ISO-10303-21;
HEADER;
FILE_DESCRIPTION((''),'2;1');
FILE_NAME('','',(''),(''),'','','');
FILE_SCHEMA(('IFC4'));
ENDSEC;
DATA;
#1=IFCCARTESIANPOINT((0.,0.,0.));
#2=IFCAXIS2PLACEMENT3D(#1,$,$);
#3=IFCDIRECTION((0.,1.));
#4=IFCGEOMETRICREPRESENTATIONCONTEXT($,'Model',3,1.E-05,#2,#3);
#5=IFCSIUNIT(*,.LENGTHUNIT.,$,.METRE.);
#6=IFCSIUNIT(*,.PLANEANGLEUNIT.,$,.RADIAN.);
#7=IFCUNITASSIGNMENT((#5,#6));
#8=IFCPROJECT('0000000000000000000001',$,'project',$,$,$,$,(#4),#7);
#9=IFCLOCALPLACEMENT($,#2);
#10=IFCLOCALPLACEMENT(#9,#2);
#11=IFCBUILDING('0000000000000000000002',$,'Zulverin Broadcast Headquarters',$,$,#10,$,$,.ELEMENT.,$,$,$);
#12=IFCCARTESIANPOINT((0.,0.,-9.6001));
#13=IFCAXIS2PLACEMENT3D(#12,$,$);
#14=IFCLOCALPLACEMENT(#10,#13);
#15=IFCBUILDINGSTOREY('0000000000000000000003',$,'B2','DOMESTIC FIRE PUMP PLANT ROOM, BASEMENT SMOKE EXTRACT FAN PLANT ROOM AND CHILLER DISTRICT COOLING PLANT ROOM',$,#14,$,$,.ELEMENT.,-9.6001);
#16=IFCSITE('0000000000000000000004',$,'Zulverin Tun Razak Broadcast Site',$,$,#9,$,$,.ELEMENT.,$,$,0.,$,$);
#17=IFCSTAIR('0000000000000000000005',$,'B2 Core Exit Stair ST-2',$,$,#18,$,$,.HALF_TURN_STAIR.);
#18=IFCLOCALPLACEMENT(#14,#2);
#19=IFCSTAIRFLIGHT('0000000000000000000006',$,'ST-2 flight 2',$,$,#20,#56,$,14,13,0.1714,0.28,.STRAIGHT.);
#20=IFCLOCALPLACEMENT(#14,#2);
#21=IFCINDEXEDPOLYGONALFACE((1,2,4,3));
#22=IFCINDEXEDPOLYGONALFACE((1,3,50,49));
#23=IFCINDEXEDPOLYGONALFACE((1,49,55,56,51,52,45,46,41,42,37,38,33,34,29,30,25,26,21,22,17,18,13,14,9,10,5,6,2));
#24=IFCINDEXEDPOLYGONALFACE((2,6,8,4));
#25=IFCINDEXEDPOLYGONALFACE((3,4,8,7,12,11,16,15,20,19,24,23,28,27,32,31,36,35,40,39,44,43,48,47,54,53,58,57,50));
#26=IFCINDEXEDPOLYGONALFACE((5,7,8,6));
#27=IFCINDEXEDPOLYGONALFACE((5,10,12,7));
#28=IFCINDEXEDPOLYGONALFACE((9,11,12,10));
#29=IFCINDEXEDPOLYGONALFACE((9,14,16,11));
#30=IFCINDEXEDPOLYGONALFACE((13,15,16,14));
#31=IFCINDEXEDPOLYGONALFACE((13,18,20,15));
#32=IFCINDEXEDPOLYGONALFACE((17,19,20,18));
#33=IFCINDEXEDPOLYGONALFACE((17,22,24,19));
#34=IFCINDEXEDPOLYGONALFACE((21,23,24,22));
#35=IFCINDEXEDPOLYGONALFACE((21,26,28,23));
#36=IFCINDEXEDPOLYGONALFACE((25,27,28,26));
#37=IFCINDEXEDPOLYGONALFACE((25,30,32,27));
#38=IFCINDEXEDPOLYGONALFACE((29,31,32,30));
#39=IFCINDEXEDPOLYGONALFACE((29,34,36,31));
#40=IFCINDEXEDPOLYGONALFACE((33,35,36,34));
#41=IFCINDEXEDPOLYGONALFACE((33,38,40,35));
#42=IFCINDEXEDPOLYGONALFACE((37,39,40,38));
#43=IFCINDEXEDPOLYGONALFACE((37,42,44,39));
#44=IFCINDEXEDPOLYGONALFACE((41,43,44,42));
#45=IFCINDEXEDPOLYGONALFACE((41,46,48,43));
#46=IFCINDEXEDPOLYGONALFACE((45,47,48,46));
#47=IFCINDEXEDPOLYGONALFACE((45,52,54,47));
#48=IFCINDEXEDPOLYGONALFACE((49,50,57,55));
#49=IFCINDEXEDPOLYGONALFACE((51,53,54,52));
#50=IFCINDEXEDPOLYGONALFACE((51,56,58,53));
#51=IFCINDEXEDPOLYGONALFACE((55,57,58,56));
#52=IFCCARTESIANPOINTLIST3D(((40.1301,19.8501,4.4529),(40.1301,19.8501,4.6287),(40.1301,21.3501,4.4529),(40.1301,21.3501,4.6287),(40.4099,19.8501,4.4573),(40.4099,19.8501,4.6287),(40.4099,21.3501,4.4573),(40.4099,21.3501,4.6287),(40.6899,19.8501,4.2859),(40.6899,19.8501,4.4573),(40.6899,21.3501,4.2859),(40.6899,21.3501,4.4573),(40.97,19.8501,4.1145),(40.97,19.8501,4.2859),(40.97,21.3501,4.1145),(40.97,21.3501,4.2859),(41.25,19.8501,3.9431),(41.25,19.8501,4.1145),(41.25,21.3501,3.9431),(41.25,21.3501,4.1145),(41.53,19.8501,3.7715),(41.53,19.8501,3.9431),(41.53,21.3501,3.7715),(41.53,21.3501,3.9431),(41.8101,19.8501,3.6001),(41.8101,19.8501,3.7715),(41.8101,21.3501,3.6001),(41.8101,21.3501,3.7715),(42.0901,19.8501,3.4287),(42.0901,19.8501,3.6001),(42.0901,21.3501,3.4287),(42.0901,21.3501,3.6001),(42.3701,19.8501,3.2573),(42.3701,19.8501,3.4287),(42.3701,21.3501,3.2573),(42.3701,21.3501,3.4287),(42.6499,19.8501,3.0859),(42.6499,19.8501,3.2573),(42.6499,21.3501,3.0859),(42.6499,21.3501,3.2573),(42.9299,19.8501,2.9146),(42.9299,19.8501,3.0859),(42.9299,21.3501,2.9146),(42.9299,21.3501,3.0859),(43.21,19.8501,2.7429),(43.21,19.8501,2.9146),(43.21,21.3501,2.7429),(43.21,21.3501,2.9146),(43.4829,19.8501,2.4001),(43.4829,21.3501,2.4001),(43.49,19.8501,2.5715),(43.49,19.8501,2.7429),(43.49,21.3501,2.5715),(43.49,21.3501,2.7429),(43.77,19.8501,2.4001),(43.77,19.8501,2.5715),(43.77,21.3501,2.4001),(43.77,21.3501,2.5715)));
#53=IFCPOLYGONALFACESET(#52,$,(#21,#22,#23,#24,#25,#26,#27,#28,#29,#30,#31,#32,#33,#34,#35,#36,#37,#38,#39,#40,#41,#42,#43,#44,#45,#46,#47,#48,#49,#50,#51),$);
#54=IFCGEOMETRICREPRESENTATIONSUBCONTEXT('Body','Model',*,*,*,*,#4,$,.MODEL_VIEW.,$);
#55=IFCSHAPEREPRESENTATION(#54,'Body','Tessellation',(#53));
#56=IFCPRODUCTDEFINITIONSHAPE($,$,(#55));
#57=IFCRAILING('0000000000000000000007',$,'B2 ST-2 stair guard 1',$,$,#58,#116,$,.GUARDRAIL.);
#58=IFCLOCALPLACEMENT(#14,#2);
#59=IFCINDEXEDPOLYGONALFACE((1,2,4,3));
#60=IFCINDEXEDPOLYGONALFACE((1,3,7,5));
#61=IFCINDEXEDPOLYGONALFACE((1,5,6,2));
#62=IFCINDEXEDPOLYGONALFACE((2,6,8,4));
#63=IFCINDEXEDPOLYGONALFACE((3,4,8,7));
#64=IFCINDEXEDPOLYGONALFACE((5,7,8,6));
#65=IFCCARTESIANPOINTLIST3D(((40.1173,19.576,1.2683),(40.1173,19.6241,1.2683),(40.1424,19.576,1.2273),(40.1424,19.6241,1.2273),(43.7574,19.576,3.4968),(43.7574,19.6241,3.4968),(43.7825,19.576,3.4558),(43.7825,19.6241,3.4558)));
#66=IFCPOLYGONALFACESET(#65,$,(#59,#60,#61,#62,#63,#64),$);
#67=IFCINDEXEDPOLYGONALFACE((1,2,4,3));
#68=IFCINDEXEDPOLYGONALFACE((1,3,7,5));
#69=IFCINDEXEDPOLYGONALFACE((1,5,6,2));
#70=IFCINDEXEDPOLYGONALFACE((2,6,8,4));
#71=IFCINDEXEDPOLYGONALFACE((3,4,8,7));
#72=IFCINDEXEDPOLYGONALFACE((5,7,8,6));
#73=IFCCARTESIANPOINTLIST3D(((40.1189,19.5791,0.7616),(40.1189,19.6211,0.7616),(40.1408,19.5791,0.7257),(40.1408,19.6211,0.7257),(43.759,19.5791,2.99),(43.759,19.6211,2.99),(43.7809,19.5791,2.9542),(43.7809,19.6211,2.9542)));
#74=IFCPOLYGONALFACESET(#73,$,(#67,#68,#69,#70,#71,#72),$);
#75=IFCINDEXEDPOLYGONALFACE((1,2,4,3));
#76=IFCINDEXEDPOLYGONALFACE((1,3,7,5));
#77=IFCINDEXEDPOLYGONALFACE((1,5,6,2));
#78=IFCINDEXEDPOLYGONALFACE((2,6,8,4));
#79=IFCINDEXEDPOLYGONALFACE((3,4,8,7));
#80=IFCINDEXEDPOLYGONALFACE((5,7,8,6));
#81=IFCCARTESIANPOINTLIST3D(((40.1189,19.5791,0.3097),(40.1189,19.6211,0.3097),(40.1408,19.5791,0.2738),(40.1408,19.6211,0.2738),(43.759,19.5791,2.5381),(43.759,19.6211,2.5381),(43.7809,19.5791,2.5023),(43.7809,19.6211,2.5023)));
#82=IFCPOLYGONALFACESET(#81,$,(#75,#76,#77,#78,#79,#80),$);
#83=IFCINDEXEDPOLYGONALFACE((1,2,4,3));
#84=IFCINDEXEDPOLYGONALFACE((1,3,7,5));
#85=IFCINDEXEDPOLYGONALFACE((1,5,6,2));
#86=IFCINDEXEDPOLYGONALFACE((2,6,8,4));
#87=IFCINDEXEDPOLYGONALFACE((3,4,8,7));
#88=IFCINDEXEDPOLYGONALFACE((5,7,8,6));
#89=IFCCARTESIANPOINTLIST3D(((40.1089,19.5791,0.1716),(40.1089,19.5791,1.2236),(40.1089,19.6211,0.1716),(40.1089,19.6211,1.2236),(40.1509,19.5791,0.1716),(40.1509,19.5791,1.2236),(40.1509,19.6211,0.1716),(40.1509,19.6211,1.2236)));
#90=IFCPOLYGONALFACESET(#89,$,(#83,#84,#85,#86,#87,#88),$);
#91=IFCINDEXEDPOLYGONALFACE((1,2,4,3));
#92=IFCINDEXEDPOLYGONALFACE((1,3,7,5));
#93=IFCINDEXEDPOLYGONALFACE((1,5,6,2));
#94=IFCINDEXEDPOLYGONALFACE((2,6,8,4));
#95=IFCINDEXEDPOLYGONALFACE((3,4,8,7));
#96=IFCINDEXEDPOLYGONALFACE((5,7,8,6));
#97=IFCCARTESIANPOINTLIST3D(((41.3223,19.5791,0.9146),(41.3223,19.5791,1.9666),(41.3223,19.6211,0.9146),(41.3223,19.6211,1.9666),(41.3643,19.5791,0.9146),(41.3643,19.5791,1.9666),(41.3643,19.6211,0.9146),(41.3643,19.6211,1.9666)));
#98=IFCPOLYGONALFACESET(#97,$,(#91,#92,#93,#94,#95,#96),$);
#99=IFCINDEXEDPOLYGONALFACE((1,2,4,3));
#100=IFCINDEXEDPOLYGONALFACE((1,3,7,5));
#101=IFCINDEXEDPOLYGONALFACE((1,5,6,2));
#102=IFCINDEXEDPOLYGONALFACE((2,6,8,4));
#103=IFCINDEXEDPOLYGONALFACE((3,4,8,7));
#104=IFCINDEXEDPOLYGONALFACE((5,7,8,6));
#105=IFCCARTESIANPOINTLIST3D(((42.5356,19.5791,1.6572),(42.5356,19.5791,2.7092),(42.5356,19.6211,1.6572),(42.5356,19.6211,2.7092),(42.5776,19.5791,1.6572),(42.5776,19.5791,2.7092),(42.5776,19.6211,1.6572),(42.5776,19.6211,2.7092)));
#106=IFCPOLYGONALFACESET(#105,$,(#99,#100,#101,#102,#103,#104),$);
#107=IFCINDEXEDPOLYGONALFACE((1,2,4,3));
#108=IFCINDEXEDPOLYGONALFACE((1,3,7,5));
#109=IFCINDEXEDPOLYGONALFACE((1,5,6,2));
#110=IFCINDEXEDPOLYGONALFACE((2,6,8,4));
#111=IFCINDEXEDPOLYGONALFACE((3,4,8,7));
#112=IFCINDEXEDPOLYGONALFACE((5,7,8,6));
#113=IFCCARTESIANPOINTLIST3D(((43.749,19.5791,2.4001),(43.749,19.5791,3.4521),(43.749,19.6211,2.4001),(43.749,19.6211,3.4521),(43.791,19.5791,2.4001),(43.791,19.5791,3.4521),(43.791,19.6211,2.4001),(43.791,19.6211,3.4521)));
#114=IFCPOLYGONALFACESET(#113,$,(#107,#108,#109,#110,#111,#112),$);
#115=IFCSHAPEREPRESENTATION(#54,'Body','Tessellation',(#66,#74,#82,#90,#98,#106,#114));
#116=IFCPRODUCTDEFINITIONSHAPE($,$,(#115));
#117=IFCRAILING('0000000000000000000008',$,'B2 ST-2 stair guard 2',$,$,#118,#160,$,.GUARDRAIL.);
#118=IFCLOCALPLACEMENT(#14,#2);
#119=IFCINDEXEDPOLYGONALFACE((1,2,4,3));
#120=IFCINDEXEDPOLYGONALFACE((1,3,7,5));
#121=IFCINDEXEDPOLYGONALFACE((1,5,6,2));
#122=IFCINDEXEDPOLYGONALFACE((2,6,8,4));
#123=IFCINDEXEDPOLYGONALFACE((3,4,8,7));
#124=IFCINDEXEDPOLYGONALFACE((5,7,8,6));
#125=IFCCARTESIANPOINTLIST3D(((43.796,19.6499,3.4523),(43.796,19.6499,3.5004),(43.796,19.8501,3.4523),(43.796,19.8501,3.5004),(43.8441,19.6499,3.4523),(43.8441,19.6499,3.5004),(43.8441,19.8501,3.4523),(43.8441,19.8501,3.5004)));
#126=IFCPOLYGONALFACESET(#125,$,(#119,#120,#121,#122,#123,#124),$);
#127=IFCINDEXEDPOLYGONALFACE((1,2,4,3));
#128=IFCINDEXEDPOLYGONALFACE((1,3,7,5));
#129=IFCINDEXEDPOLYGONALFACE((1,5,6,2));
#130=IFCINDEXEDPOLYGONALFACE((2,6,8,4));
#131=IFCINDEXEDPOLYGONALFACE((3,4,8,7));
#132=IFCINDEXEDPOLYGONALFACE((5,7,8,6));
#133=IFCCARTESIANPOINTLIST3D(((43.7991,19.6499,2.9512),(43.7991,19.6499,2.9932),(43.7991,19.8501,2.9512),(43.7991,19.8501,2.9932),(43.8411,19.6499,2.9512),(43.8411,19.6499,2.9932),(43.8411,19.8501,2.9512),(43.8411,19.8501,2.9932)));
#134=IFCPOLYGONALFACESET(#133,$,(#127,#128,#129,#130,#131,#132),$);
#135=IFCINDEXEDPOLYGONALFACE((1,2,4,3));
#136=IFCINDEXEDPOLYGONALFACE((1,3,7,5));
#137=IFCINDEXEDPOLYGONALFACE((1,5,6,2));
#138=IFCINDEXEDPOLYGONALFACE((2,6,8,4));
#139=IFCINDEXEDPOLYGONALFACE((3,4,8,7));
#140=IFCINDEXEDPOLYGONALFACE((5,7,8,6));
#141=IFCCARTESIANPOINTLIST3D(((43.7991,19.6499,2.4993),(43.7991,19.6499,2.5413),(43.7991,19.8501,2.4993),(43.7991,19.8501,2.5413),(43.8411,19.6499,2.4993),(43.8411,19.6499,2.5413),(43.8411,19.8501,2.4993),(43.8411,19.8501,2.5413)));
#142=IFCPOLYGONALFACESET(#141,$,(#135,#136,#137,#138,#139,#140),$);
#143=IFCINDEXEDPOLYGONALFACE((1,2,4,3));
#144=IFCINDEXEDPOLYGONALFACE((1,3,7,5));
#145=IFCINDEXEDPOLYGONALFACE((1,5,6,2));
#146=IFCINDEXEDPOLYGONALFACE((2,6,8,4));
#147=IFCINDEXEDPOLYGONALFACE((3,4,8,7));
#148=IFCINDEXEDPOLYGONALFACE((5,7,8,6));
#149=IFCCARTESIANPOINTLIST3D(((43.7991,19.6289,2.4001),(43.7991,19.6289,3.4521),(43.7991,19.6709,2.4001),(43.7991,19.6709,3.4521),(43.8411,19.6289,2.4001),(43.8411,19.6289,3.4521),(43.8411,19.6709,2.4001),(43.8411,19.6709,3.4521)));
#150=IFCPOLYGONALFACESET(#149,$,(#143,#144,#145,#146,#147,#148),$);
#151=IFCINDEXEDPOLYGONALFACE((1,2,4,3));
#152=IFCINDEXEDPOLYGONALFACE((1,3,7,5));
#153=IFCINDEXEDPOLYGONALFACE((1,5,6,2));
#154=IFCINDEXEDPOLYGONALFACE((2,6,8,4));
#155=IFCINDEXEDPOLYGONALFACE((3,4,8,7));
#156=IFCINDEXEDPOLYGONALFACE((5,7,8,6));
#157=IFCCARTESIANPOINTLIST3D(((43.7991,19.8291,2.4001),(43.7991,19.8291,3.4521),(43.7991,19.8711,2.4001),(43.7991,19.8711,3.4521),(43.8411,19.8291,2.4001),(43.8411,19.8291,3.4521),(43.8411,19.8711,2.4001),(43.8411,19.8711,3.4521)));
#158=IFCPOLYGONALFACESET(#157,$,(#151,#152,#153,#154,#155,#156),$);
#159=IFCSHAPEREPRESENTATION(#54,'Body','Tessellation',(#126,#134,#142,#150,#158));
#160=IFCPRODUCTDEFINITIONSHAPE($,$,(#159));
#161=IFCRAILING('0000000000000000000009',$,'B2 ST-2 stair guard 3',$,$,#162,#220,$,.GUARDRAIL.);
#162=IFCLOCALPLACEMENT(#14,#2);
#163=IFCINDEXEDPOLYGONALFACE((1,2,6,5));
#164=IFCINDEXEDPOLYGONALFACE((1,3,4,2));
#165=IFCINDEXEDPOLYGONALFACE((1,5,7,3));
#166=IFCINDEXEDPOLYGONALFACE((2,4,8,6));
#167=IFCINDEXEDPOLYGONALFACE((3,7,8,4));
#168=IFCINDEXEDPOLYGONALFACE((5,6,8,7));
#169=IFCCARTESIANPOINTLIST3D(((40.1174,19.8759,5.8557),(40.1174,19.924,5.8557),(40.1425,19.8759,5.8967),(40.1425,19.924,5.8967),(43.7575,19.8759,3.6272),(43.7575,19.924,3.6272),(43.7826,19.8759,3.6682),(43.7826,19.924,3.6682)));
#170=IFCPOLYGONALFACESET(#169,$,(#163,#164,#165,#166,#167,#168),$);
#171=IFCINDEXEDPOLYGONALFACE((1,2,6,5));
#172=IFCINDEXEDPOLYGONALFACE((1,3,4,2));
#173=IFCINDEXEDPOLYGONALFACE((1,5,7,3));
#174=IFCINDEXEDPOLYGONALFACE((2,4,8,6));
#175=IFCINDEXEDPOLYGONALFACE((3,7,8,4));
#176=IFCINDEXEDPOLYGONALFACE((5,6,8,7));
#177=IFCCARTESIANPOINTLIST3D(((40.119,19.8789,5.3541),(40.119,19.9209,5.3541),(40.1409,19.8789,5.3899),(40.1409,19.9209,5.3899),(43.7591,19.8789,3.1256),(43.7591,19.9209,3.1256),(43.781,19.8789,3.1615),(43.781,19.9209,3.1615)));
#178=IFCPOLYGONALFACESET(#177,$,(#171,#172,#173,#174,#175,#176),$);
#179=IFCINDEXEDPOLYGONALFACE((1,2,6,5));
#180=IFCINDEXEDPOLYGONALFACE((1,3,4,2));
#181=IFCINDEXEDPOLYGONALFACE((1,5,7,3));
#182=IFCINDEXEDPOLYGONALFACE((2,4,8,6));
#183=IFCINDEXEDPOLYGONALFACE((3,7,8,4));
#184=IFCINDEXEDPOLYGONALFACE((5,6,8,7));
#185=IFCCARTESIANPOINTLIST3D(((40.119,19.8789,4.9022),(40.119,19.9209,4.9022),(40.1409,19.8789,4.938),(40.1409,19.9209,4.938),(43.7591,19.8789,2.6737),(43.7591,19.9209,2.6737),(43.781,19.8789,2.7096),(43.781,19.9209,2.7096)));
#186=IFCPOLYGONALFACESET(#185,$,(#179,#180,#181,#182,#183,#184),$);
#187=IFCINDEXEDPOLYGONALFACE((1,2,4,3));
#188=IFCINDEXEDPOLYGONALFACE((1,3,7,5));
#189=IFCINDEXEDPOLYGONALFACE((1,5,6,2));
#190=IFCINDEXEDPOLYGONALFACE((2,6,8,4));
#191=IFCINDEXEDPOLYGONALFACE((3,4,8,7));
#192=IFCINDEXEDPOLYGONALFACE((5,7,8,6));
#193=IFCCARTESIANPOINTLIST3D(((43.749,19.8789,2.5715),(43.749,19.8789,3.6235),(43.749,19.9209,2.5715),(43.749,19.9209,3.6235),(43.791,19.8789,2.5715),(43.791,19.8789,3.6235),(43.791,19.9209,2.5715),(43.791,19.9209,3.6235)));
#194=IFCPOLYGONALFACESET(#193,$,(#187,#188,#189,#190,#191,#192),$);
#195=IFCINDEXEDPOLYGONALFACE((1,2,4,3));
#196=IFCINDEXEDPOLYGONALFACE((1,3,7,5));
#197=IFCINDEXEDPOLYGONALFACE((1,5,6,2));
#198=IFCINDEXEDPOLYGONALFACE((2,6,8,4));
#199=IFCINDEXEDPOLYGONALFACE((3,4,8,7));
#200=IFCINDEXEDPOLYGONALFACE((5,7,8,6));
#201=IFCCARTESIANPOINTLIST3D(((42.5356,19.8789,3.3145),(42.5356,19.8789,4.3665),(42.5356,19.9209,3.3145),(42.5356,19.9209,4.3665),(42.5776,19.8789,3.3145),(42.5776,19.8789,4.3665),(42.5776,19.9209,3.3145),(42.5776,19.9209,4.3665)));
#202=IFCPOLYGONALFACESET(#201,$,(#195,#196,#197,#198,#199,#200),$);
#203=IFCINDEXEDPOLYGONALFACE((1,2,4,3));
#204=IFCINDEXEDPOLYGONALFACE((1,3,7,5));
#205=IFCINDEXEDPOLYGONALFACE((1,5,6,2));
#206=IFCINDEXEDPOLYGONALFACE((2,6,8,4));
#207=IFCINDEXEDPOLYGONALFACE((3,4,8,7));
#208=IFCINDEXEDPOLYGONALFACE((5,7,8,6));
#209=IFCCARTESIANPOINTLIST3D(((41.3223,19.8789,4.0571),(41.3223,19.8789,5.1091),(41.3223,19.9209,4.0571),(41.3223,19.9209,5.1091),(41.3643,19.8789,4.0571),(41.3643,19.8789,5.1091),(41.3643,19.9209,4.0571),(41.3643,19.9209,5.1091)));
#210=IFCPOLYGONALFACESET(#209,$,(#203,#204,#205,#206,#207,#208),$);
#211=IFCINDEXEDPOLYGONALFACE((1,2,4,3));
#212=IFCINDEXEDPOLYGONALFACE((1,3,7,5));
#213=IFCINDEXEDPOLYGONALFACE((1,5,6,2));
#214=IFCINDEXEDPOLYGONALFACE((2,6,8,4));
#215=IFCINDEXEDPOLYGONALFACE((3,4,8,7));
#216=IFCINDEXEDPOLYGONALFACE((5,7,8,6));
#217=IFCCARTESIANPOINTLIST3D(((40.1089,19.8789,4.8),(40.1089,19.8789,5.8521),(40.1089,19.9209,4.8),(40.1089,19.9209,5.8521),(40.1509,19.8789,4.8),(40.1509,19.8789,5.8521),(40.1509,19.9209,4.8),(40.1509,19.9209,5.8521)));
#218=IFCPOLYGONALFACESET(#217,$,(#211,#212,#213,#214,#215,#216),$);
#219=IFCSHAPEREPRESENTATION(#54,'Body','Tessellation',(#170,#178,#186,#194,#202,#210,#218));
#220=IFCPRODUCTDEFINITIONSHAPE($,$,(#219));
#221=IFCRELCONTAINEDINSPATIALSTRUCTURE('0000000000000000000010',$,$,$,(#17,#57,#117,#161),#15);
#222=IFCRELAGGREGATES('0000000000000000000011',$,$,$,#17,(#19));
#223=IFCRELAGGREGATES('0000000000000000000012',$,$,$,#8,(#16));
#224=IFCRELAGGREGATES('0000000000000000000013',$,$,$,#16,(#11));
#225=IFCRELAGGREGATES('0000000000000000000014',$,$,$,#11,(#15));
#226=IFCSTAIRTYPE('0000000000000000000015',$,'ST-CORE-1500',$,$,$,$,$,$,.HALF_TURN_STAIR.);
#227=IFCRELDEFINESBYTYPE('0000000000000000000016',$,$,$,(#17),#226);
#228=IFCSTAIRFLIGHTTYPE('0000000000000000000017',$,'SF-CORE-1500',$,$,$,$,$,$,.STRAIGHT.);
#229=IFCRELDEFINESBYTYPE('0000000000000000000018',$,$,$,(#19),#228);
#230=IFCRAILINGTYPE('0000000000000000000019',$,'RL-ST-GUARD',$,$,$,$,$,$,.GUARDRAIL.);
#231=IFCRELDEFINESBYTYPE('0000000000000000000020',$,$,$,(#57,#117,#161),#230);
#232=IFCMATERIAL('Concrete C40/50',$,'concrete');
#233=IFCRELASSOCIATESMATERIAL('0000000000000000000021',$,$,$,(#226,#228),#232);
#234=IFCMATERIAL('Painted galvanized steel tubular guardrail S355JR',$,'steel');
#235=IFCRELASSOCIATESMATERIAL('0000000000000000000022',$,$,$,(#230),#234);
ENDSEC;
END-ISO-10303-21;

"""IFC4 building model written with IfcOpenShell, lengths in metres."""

from ifc_helpers import new_model, si_unit, direction, frame, origin, origin_2d, place, context, subcontext, project, spatial, polyline, rectangle, outline, extrude, material, type_object, element, aggregate, save


model = new_model("IFC4")

# Units and contexts
model_context = context("Model", 3, precision=1e-05, world=origin(), true_north=direction((0.0, 1.0)))
body_context = subcontext(model_context, "Body", "Model", "MODEL_VIEW")
ifc_project = project(units=[si_unit("LENGTHUNIT", "METRE"), si_unit("PLANEANGLEUNIT", "RADIAN")], contexts=[model_context])

# Site, building, storey
site_placement = place(None, origin())
site = spatial("IfcSite", under=ifc_project, at=site_placement, Name="Zulverin Tun Razak Broadcast Site", CompositionType="ELEMENT", RefElevation=0.0)
building_placement = place(site_placement, origin())
building = spatial("IfcBuilding", under=site, at=building_placement, Name="Zulverin Broadcast Headquarters", CompositionType="ELEMENT")
storey_placement = place(building_placement, frame((0.0, 0.0, -9.6001)))
storey = spatial("IfcBuildingStorey", under=building, at=storey_placement, Name="B2", Description="DOMESTIC FIRE PUMP PLANT ROOM, BASEMENT SMOKE EXTRACT FAN PLANT ROOM AND CHILLER DISTRICT COOLING PLANT ROOM", CompositionType="ELEMENT", Elevation=-9.6001)

# Shared definitions
ifc_material_1 = material(Name="Concrete C40/50", Category="concrete")

# Stair, stair flight
stair_type = type_object("IfcStairType", Name="ST-CORE-1500", PredefinedType="HALF_TURN_STAIR", material=ifc_material_1)
stair_placement = place(storey_placement, origin())
stair = element("IfcStair", 1, at=stair_placement, inside=storey, type_object=stair_type, Name="B2 Core Exit Stair ST-2", PredefinedType="HALF_TURN_STAIR")
stair_flight_type = type_object("IfcStairFlightType", Name="SF-CORE-1500", PredefinedType="STRAIGHT", material=ifc_material_1)
stair_flight_placement = place(storey_placement, frame((43.77, 20.6001, 2.4001), z_axis=(0.0, 0.0, 1.0), x_axis=(-1.0, 0.0, 0.0)))
stair_flight = element("IfcStairFlight", 2, at=stair_flight_placement, type_object=stair_flight_type, Name="ST-2 flight 2", NumberOfRisers=14, NumberOfTreads=13, PredefinedType="STRAIGHT", RiserHeight=0.1714, TreadLength=0.28, context=body_context, shape_type="SweptSolid", body=[
    extrude(outline(polyline([(0.0, 0.0), (0.0, 0.1714), (0.28, 0.1714), (0.28, 0.3428), (0.5601, 0.3428), (0.5601, 0.5144), (0.8401, 0.5144), (0.8401, 0.6858), (1.1201, 0.6858), (1.1201, 0.8572), (1.3999, 0.8572), (1.3999, 1.0286), (1.6799, 1.0286), (1.6799, 1.2), (1.96, 1.2), (1.96, 1.3713), (2.24, 1.3713), (2.24, 1.543), (2.52, 1.543), (2.52, 1.7144), (2.8, 1.7144), (2.8, 1.8857), (3.0801, 1.8857), (3.0801, 2.0571), (3.3601, 2.0571), (3.3601, 2.2285), (3.6399, 2.2285), (3.6399, 2.3999), (3.6399, 2.0527), (0.2871, 0.0), (0.0, 0.0)])), frame((0.0, 0.75, 0.0), z_axis=(0.0, -1.0, 0.0), x_axis=(1.0, 0.0, 0.0)), (0.0, 0.0, 1.0), 1.5),
])
aggregate(stair, [stair_flight])

# Railings
ifc_material_2 = material(Name="Painted galvanized steel tubular guardrail S355JR", Category="steel")
railing_type_1 = type_object("IfcRailingType", Name="RL-ST-GUARD", PredefinedType="GUARDRAIL", material=ifc_material_2)
railing_1_placement = place(storey_placement, frame((40.1299, 19.6001, 0.1716)))
element("IfcRailing", 3, at=railing_1_placement, inside=storey, type_object=railing_type_1, Name="B2 ST-2 stair guard 1", PredefinedType="GUARDRAIL", context=body_context, shape_type="SweptSolid", body=[
    extrude(rectangle(XDim=0.0481, YDim=0.0481, at=origin_2d()), frame((0.0, 0.0, 1.0762), z_axis=(0.852866, 0.0, 0.52213), x_axis=(0.0, 1.0, 0.0)), (0.0, 0.0, 1.0), 4.2681),
    extrude(rectangle(XDim=0.042, YDim=0.042, at=origin_2d()), frame((0.0, 0.0, 0.572), z_axis=(0.852866, 0.0, 0.52213), x_axis=(0.0, 1.0, 0.0)), (0.0, 0.0, 1.0), 4.2681),
    extrude(rectangle(XDim=0.042, YDim=0.042, at=origin_2d()), frame((0.0, 0.0, 0.1201), z_axis=(0.852866, 0.0, 0.52213), x_axis=(0.0, 1.0, 0.0)), (0.0, 0.0, 1.0), 4.2681),
    extrude(rectangle(XDim=0.042, YDim=0.042, at=origin_2d()), origin(), (0.0, 0.0, 1.0), 1.052),
    extrude(rectangle(XDim=0.042, YDim=0.042, at=origin_2d()), frame((1.2134, 0.0, 0.7429)), (0.0, 0.0, 1.0), 1.052),
    extrude(rectangle(XDim=0.042, YDim=0.042, at=origin_2d()), frame((2.4268, 0.0, 1.4856)), (0.0, 0.0, 1.0), 1.052),
    extrude(rectangle(XDim=0.042, YDim=0.042, at=origin_2d()), frame((3.6401, 0.0, 2.2285)), (0.0, 0.0, 1.0), 1.052),
])
railing_2_placement = place(storey_placement, frame((43.8201, 19.6499, 2.4001)))
element("IfcRailing", 4, at=railing_2_placement, inside=storey, type_object=railing_type_1, Name="B2 ST-2 stair guard 2", PredefinedType="GUARDRAIL", context=body_context, shape_type="SweptSolid", body=[
    extrude(rectangle(XDim=0.0481, YDim=0.0481, at=origin_2d()), frame((0.0, 0.0, 1.0762), z_axis=(0.0, 1.0, 0.0), x_axis=(-1.0, 0.0, 0.0)), (0.0, 0.0, 1.0), 0.2002),
    extrude(rectangle(XDim=0.042, YDim=0.042, at=origin_2d()), frame((0.0, 0.0, 0.572), z_axis=(0.0, 1.0, 0.0), x_axis=(-1.0, 0.0, 0.0)), (0.0, 0.0, 1.0), 0.2002),
    extrude(rectangle(XDim=0.042, YDim=0.042, at=origin_2d()), frame((0.0, 0.0, 0.1201), z_axis=(0.0, 1.0, 0.0), x_axis=(-1.0, 0.0, 0.0)), (0.0, 0.0, 1.0), 0.2002),
    extrude(rectangle(XDim=0.042, YDim=0.042, at=origin_2d()), origin(), (0.0, 0.0, 1.0), 1.052),
    extrude(rectangle(XDim=0.042, YDim=0.042, at=origin_2d()), frame((0.0, 0.2002, 0.0)), (0.0, 0.0, 1.0), 1.052),
])
railing_3_placement = place(storey_placement, frame((43.77, 19.8999, 2.5715)))
element("IfcRailing", 5, at=railing_3_placement, inside=storey, type_object=railing_type_1, Name="B2 ST-2 stair guard 3", PredefinedType="GUARDRAIL", context=body_context, shape_type="SweptSolid", body=[
    extrude(rectangle(XDim=0.0481, YDim=0.0481, at=origin_2d()), frame((0.0, 0.0, 1.0762), z_axis=(-0.852866, 0.0, 0.52213), x_axis=(0.0, -1.0, 0.0)), (0.0, 0.0, 1.0), 4.2681),
    extrude(rectangle(XDim=0.042, YDim=0.042, at=origin_2d()), frame((0.0, 0.0, 0.572), z_axis=(-0.852866, 0.0, 0.52213), x_axis=(0.0, -1.0, 0.0)), (0.0, 0.0, 1.0), 4.2681),
    extrude(rectangle(XDim=0.042, YDim=0.042, at=origin_2d()), frame((0.0, 0.0, 0.1201), z_axis=(-0.852866, 0.0, 0.52213), x_axis=(0.0, -1.0, 0.0)), (0.0, 0.0, 1.0), 4.2681),
    extrude(rectangle(XDim=0.042, YDim=0.042, at=origin_2d()), origin(), (0.0, 0.0, 1.0), 1.052),
    extrude(rectangle(XDim=0.042, YDim=0.042, at=origin_2d()), frame((-1.2134, 0.0, 0.7429)), (0.0, 0.0, 1.0), 1.052),
    extrude(rectangle(XDim=0.042, YDim=0.042, at=origin_2d()), frame((-2.4268, 0.0, 1.4856)), (0.0, 0.0, 1.0), 1.052),
    extrude(rectangle(XDim=0.042, YDim=0.042, at=origin_2d()), frame((-3.6401, 0.0, 2.2285)), (0.0, 0.0, 1.0), 1.052),
])

save(model, "model.ifc")
